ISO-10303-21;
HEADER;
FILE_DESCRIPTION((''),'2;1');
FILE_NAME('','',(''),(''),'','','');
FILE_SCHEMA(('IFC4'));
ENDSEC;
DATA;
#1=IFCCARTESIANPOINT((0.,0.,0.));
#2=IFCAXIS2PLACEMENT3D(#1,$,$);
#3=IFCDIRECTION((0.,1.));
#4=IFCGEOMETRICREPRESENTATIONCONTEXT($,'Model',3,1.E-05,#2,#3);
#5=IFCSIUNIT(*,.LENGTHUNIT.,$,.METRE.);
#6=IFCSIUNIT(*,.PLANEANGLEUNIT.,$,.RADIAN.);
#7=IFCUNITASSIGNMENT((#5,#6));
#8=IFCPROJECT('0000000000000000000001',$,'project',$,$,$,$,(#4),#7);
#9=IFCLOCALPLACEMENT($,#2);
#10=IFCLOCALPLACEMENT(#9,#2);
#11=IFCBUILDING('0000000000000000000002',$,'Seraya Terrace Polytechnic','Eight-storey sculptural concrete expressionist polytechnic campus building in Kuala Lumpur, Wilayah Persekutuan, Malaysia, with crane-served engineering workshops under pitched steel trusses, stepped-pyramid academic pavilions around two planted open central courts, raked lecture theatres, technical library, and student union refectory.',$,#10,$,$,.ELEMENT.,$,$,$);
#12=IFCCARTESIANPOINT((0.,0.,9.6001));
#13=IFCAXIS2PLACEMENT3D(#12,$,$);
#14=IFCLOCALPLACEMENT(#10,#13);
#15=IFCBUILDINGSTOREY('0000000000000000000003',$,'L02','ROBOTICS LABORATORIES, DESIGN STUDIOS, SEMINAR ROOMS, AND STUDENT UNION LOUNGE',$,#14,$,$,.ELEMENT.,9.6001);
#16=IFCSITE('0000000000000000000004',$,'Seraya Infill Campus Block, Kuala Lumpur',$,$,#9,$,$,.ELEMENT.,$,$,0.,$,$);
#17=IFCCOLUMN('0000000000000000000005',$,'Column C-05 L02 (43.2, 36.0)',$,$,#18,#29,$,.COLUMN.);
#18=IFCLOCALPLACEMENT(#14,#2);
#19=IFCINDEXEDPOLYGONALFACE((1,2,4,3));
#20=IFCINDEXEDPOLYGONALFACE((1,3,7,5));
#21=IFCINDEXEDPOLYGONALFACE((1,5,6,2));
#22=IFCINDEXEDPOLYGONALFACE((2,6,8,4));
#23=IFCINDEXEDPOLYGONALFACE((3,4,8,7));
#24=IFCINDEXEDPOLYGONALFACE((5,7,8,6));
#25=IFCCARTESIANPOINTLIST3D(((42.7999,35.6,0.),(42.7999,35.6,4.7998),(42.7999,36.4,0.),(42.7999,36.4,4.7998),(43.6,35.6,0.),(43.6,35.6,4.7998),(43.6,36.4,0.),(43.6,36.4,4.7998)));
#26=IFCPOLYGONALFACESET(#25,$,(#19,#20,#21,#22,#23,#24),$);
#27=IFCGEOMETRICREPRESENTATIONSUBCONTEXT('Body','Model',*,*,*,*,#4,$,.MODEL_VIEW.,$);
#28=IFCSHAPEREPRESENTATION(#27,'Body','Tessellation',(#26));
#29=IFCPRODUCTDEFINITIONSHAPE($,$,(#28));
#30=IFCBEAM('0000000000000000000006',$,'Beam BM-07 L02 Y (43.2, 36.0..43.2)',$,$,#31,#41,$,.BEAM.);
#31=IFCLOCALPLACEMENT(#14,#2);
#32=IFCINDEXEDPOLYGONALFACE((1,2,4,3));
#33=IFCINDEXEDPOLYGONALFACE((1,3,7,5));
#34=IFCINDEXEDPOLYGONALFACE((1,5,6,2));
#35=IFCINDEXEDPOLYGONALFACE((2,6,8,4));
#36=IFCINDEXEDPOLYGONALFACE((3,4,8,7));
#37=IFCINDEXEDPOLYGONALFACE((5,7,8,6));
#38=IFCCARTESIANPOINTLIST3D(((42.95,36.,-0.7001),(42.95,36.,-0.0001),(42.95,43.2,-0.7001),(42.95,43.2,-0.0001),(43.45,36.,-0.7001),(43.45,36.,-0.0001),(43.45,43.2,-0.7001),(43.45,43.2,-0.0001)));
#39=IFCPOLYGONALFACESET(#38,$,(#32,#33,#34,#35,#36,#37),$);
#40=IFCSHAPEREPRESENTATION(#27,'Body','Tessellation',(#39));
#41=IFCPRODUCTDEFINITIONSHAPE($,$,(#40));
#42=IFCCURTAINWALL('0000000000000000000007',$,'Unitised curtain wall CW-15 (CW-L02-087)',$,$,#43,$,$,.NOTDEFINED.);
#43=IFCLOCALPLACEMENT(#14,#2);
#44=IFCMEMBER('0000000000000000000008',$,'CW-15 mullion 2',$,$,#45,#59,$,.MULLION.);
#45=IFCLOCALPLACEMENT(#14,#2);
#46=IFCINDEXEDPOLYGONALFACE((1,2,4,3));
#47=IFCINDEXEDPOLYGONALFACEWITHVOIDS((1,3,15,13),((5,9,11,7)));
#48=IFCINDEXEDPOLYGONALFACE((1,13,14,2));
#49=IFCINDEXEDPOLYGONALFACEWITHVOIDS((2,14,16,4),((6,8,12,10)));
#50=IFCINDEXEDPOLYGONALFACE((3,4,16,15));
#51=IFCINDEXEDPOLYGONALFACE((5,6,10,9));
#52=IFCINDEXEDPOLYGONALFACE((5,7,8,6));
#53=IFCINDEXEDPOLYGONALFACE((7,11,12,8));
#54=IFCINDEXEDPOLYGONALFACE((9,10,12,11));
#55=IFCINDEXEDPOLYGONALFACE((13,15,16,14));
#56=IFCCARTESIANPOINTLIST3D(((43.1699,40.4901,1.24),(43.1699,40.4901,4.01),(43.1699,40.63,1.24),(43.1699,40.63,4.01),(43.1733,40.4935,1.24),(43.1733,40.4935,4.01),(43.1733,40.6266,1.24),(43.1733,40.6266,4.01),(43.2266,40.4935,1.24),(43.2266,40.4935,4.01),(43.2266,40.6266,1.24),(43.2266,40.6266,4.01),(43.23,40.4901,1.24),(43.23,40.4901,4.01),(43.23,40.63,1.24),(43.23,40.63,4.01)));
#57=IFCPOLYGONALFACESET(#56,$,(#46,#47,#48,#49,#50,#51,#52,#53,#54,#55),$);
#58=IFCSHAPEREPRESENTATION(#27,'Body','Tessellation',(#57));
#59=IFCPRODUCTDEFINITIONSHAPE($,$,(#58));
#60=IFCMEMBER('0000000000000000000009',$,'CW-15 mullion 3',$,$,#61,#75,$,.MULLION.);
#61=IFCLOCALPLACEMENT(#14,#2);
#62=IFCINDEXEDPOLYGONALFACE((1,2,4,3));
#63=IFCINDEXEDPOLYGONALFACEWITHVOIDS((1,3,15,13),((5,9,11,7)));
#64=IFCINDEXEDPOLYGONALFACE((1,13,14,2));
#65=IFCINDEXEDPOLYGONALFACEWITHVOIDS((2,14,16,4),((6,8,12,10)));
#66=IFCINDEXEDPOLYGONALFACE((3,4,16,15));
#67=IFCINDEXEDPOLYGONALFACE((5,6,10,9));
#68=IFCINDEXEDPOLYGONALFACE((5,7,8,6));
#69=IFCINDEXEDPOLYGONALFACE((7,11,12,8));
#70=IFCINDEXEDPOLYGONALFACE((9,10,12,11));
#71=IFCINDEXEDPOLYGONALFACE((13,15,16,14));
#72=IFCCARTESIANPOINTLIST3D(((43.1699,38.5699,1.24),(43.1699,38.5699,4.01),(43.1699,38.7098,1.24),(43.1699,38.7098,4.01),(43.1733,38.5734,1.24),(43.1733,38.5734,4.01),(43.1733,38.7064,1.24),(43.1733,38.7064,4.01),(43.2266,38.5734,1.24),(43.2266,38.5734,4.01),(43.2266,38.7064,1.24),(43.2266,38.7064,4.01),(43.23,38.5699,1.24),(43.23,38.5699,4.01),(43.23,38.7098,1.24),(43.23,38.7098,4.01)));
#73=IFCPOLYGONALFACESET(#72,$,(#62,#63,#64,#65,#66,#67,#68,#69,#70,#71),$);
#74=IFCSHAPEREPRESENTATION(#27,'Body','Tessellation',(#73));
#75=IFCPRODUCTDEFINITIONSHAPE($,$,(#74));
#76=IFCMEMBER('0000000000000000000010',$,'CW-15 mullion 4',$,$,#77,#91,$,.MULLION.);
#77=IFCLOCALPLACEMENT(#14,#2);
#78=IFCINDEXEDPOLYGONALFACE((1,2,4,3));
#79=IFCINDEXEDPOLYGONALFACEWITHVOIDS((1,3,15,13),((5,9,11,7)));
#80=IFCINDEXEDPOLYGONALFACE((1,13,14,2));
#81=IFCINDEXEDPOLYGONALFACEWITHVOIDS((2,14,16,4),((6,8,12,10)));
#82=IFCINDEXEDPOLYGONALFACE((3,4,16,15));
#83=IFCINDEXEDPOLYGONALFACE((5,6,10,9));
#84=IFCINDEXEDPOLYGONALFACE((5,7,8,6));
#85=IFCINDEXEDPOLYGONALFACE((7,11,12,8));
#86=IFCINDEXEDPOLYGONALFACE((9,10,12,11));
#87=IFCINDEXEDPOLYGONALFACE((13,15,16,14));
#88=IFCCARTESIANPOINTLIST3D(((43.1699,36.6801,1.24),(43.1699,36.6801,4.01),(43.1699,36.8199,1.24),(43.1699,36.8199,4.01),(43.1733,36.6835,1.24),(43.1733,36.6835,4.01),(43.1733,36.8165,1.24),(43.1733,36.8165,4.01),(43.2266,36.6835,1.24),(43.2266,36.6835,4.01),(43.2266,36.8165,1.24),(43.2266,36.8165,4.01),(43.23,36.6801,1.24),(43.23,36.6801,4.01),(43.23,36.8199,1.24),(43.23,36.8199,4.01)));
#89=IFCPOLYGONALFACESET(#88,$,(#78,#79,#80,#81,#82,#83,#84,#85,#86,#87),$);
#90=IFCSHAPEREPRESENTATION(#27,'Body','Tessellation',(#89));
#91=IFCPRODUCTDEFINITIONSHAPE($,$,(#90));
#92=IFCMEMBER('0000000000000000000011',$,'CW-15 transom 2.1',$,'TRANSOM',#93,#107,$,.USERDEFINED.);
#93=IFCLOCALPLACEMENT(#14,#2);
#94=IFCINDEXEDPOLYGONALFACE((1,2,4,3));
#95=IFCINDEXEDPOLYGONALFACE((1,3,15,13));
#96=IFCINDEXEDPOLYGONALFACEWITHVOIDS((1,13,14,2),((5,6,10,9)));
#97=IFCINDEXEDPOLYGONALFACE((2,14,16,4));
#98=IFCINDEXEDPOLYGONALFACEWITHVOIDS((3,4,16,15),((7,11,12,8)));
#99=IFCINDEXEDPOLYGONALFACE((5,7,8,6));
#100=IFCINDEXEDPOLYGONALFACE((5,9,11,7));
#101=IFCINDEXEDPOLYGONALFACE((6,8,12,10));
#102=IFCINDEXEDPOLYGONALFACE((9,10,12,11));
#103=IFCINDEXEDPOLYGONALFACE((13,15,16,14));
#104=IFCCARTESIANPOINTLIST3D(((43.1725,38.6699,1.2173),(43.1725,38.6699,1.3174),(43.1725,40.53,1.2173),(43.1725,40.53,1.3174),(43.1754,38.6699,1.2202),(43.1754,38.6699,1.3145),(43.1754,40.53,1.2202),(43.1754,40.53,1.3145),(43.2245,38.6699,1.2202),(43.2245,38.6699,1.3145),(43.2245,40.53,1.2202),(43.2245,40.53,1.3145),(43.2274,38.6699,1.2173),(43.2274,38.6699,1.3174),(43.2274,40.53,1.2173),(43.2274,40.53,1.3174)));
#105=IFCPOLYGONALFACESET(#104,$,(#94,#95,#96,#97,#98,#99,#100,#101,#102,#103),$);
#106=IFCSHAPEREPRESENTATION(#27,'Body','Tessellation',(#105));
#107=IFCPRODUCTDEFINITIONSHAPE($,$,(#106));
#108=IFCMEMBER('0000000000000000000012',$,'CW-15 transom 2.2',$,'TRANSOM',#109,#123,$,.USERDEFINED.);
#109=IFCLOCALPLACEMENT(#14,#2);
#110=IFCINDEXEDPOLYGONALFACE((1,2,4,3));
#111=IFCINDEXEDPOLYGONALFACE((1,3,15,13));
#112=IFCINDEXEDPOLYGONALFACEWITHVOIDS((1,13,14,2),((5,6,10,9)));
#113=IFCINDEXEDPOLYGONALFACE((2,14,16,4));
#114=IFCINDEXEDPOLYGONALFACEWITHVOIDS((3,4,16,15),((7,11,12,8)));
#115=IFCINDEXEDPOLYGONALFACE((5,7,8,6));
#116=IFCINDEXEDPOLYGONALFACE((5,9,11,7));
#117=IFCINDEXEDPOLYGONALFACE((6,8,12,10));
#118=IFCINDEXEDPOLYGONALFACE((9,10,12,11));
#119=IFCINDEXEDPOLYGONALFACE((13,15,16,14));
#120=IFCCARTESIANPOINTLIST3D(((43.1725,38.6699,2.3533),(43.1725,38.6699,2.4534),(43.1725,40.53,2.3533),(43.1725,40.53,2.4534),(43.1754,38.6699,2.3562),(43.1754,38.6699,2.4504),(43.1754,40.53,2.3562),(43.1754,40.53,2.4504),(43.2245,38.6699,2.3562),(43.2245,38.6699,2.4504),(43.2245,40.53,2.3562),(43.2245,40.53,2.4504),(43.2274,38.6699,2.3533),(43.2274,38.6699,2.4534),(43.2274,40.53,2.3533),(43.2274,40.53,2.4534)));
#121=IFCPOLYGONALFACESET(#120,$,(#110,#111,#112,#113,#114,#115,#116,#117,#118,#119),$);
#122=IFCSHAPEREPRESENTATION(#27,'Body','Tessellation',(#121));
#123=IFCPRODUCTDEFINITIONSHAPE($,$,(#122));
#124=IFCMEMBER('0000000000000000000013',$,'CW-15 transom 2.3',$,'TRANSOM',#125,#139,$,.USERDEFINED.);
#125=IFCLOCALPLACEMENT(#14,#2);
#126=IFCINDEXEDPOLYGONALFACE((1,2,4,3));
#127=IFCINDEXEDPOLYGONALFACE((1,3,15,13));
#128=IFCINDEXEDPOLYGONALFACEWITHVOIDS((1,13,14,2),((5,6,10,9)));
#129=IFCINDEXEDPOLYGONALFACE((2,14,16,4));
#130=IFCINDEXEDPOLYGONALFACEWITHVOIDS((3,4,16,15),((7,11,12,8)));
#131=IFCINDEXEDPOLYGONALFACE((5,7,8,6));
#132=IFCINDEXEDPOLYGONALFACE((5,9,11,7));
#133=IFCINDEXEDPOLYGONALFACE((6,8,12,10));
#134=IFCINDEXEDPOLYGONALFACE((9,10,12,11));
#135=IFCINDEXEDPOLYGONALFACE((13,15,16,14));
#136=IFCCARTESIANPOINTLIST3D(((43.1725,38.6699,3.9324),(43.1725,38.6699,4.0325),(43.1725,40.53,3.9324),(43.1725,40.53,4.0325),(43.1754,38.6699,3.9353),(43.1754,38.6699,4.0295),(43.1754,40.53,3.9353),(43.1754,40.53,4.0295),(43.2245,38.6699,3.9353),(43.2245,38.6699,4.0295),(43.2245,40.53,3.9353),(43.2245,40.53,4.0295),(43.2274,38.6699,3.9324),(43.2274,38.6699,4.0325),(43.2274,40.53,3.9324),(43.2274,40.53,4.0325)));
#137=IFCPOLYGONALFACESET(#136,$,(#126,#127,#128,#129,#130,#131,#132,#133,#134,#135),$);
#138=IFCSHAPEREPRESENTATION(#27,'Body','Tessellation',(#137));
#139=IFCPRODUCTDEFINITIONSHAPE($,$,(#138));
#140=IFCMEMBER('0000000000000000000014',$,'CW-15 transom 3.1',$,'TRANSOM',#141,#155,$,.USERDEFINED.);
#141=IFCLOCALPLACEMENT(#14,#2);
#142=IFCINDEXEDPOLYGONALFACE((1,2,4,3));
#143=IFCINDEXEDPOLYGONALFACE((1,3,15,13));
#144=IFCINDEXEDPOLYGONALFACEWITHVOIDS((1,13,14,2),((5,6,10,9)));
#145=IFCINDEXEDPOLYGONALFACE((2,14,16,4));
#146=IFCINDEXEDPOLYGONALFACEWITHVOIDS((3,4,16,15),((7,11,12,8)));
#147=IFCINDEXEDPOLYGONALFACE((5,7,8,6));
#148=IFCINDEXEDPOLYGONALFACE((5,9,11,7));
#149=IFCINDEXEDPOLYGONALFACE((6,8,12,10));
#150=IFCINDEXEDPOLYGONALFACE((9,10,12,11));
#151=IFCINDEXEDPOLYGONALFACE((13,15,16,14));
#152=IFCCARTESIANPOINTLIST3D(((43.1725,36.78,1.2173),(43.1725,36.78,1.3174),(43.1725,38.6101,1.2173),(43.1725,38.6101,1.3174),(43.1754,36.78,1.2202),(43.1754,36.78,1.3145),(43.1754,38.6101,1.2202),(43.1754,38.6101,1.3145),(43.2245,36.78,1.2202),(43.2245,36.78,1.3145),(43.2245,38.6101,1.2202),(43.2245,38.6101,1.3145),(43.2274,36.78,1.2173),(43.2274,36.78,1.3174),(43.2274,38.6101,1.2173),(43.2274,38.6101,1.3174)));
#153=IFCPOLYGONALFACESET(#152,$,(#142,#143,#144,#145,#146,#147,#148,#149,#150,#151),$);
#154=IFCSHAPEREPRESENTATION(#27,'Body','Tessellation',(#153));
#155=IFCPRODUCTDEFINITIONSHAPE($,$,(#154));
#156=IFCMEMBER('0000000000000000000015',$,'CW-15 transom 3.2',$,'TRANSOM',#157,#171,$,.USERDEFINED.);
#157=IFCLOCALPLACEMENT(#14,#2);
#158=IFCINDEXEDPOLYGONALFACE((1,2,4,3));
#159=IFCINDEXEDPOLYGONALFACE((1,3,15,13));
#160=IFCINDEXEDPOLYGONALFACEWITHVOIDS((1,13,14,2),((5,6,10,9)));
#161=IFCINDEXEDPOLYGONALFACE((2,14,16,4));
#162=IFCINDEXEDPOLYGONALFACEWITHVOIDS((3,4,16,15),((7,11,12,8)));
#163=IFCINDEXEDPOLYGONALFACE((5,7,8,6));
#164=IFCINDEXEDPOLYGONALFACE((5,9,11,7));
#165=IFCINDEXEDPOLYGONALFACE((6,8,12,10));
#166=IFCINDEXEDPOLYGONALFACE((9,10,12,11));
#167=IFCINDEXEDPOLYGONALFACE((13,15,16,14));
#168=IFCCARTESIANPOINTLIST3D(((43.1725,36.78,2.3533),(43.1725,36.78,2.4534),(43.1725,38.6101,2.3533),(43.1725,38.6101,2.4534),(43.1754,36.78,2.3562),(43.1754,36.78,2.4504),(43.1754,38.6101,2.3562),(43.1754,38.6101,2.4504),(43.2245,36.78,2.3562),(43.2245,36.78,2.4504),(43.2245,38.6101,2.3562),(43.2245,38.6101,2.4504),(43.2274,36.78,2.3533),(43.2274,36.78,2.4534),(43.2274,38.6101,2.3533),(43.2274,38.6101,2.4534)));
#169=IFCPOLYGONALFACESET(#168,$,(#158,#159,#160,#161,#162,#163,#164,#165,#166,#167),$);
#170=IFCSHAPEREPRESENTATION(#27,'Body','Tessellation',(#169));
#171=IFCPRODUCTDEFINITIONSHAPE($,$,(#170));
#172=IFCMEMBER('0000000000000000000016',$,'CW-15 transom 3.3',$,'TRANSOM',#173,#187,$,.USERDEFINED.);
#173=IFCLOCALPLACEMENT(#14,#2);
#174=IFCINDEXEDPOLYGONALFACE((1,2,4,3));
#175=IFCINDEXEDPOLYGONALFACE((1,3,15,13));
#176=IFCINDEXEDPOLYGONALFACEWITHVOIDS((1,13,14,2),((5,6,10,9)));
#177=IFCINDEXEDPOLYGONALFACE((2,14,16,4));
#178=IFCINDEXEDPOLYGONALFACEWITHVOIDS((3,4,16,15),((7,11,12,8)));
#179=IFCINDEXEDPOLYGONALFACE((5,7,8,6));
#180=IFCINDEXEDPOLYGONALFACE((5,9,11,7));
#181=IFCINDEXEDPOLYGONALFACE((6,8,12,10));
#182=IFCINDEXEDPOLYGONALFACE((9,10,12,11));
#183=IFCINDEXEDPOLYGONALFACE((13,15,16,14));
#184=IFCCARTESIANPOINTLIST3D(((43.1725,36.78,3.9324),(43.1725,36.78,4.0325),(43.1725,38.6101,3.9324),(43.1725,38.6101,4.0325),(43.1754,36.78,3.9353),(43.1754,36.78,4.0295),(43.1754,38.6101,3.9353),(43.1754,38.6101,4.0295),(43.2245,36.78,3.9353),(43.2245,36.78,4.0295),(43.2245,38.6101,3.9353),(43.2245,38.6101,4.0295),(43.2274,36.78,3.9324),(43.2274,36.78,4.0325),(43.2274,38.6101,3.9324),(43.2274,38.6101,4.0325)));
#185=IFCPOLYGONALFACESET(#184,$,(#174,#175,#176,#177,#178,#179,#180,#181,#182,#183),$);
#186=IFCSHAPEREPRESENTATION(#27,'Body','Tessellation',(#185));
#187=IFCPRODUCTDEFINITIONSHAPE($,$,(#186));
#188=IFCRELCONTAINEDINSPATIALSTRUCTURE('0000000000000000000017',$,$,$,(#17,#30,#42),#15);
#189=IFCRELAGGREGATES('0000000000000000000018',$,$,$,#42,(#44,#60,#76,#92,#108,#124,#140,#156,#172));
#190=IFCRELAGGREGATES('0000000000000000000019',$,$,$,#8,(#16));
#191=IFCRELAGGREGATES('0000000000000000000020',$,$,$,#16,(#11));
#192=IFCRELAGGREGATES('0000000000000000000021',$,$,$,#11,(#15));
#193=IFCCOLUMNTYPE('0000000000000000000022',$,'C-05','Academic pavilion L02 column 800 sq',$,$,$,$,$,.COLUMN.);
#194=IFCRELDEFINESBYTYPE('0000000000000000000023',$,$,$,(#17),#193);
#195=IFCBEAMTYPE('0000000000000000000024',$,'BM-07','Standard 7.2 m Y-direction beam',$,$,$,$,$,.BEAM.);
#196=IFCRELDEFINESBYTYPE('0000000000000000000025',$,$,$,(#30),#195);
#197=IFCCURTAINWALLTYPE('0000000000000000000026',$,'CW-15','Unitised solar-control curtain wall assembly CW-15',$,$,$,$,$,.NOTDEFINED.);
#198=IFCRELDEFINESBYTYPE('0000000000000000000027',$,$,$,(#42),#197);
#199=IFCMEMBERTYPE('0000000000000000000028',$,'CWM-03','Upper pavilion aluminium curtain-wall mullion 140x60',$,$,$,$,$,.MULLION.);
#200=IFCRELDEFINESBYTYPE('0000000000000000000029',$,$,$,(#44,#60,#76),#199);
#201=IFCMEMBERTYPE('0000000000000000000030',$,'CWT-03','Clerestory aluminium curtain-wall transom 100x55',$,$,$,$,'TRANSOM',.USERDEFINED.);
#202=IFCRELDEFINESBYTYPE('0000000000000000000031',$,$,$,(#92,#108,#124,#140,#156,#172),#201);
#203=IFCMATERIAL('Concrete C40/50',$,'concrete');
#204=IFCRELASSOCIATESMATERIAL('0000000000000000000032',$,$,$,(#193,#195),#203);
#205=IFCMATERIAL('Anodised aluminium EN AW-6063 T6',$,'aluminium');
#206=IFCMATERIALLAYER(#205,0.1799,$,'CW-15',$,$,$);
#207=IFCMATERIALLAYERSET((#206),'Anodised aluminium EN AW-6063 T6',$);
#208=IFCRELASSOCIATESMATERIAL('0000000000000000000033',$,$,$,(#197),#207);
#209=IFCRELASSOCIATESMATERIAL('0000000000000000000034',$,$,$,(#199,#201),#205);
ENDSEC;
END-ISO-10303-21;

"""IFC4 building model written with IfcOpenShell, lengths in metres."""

from ifc_helpers import new_model, si_unit, direction, frame, origin, origin_2d, place, context, subcontext, project, spatial, rectangle, hollow_rectangle, extrude, material, layer, layer_set, material_profile, profile_set, type_object, element, aggregate, save


model = new_model("IFC4")

# Units and contexts
model_context = context("Model", 3, precision=1e-05, world=origin(), true_north=direction((0.0, 1.0)))
body_context = subcontext(model_context, "Body", "Model", "MODEL_VIEW")
ifc_project = project(units=[si_unit("LENGTHUNIT", "METRE"), si_unit("PLANEANGLEUNIT", "RADIAN")], contexts=[model_context])

# Site, building, storey
site_placement = place(None, origin())
site = spatial("IfcSite", under=ifc_project, at=site_placement, Name="Seraya Infill Campus Block, Kuala Lumpur", CompositionType="ELEMENT", RefElevation=0.0)
building_placement = place(site_placement, origin())
building = spatial("IfcBuilding", under=site, at=building_placement, Name="Seraya Terrace Polytechnic", Description="Eight-storey sculptural concrete expressionist polytechnic campus building in Kuala Lumpur, Wilayah Persekutuan, Malaysia, with crane-served engineering workshops under pitched steel trusses, stepped-pyramid academic pavilions around two planted open central courts, raked lecture theatres, technical library, and student union refectory.", CompositionType="ELEMENT")
storey_placement = place(building_placement, frame((0.0, 0.0, 9.6001)))
storey = spatial("IfcBuildingStorey", under=building, at=storey_placement, Name="L02", Description="ROBOTICS LABORATORIES, DESIGN STUDIOS, SEMINAR ROOMS, AND STUDENT UNION LOUNGE", CompositionType="ELEMENT", Elevation=9.6001)

# Column
ifc_material_1 = material(Name="Concrete C40/50", Category="concrete")
ifc_material_profile_1 = material_profile(ifc_material_1, rectangle(XDim=0.8, YDim=0.8, at=origin_2d()), Name="RC 800x800")
ifc_profile_set_1 = profile_set([ifc_material_profile_1], Name="Concrete C40/50")
column_type = type_object("IfcColumnType", Name="C-05", Description="Academic pavilion L02 column 800 sq", PredefinedType="COLUMN", material=ifc_profile_set_1)
column_placement = place(storey_placement, frame((43.2, 36.0, 0.0), z_axis=(0.0, 0.0, 1.0), x_axis=(1.0, 0.0, 0.0)))
element("IfcColumn", 1, at=column_placement, inside=storey, type_object=column_type, Name="Column C-05 L02 (43.2, 36.0)", PredefinedType="COLUMN", context=body_context, shape_type="SweptSolid", body=[
    extrude(rectangle(XDim=0.8, YDim=0.8, at=origin_2d()), origin(), (0.0, 0.0, 1.0), 4.7998),
])

# Beam
ifc_material_profile_2 = material_profile(ifc_material_1, rectangle(XDim=0.5, YDim=0.7, at=origin_2d()), Name="RC 500x700")
ifc_profile_set_2 = profile_set([ifc_material_profile_2], Name="Concrete C40/50")
beam_type = type_object("IfcBeamType", Name="BM-07", Description="Standard 7.2 m Y-direction beam", PredefinedType="BEAM", material=ifc_profile_set_2)
beam_placement = place(storey_placement, frame((43.2, 36.0, -0.3501), z_axis=(0.0, 1.0, 0.0), x_axis=(-1.0, 0.0, 0.0)))
element("IfcBeam", 2, at=beam_placement, inside=storey, type_object=beam_type, Name="Beam BM-07 L02 Y (43.2, 36.0..43.2)", PredefinedType="BEAM", context=body_context, shape_type="SweptSolid", body=[
    extrude(rectangle(XDim=0.5, YDim=0.7, at=origin_2d()), origin(), (0.0, 0.0, 1.0), 7.2),
])

# Curtain wall, members
ifc_material_2 = material(Name="Anodised aluminium EN AW-6063 T6", Category="aluminium")
ifc_layer_1 = layer(ifc_material_2, 0.1799, Name="CW-15")
ifc_layer_set_1 = layer_set([ifc_layer_1], Name="Anodised aluminium EN AW-6063 T6")
curtain_wall_type = type_object("IfcCurtainWallType", Name="CW-15", Description="Unitised solar-control curtain wall assembly CW-15", PredefinedType="NOTDEFINED", material=ifc_layer_set_1)
curtain_wall_placement = place(storey_placement, origin())
curtain_wall = element("IfcCurtainWall", 3, at=curtain_wall_placement, inside=storey, type_object=curtain_wall_type, Name="Unitised curtain wall CW-15 (CW-L02-087)", PredefinedType="NOTDEFINED")
ifc_material_profile_3 = material_profile(ifc_material_2, hollow_rectangle(XDim=0.0601, YDim=0.1399, WallThickness=0.0034, at=origin_2d()), Name="RHS 140x60x3.5")
ifc_profile_set_3 = profile_set([ifc_material_profile_3], Name="Anodised aluminium EN AW-6063 T6")
member_type_1 = type_object("IfcMemberType", Name="CWM-03", Description="Upper pavilion aluminium curtain-wall mullion 140x60", PredefinedType="MULLION", material=ifc_profile_set_3)
member_1_placement = place(storey_placement, frame((43.2, 40.5601, 1.24), z_axis=(0.0, 0.0, 1.0), x_axis=(1.0, 0.0, 0.0)))
member_1 = element("IfcMember", 4, at=member_1_placement, type_object=member_type_1, Name="CW-15 mullion 2", PredefinedType="MULLION", context=body_context, shape_type="SweptSolid", body=[
    extrude(hollow_rectangle(XDim=0.0601, YDim=0.1399, WallThickness=0.0034, at=origin_2d()), origin(), (0.0, 0.0, 1.0), 2.77),
])
member_2_placement = place(storey_placement, frame((43.2, 38.6399, 1.24), z_axis=(0.0, 0.0, 1.0), x_axis=(1.0, 0.0, 0.0)))
member_2 = element("IfcMember", 5, at=member_2_placement, type_object=member_type_1, Name="CW-15 mullion 3", PredefinedType="MULLION", context=body_context, shape_type="SweptSolid", body=[
    extrude(hollow_rectangle(XDim=0.0601, YDim=0.1399, WallThickness=0.0034, at=origin_2d()), origin(), (0.0, 0.0, 1.0), 2.77),
])
member_3_placement = place(storey_placement, frame((43.2, 36.75, 1.24), z_axis=(0.0, 0.0, 1.0), x_axis=(1.0, 0.0, 0.0)))
member_3 = element("IfcMember", 6, at=member_3_placement, type_object=member_type_1, Name="CW-15 mullion 4", PredefinedType="MULLION", context=body_context, shape_type="SweptSolid", body=[
    extrude(hollow_rectangle(XDim=0.0601, YDim=0.1399, WallThickness=0.0034, at=origin_2d()), origin(), (0.0, 0.0, 1.0), 2.77),
])
ifc_material_profile_4 = material_profile(ifc_material_2, hollow_rectangle(XDim=0.0549, YDim=0.1001, WallThickness=0.0029, at=origin_2d()), Name="RHS 100x55x3.0")
ifc_profile_set_4 = profile_set([ifc_material_profile_4], Name="Anodised aluminium EN AW-6063 T6")
member_type_2 = type_object("IfcMemberType", Name="CWT-03", Description="Clerestory aluminium curtain-wall transom 100x55", ElementType="TRANSOM", PredefinedType="USERDEFINED", material=ifc_profile_set_4)
member_4_placement = place(storey_placement, frame((43.2, 40.53, 1.2673), z_axis=(0.0, -1.0, 0.0), x_axis=(1.0, 0.0, 0.0)))
member_4 = element("IfcMember", 7, at=member_4_placement, type_object=member_type_2, Name="CW-15 transom 2.1", ObjectType="TRANSOM", PredefinedType="USERDEFINED", context=body_context, shape_type="SweptSolid", body=[
    extrude(hollow_rectangle(XDim=0.0549, YDim=0.1001, WallThickness=0.0029, at=origin_2d()), origin(), (0.0, 0.0, 1.0), 1.8601),
])
member_5_placement = place(storey_placement, frame((43.2, 40.53, 2.4033), z_axis=(0.0, -1.0, 0.0), x_axis=(1.0, 0.0, 0.0)))
member_5 = element("IfcMember", 8, at=member_5_placement, type_object=member_type_2, Name="CW-15 transom 2.2", ObjectType="TRANSOM", PredefinedType="USERDEFINED", context=body_context, shape_type="SweptSolid", body=[
    extrude(hollow_rectangle(XDim=0.0549, YDim=0.1001, WallThickness=0.0029, at=origin_2d()), origin(), (0.0, 0.0, 1.0), 1.8601),
])
member_6_placement = place(storey_placement, frame((43.2, 40.53, 3.9824), z_axis=(0.0, -1.0, 0.0), x_axis=(1.0, 0.0, 0.0)))
member_6 = element("IfcMember", 9, at=member_6_placement, type_object=member_type_2, Name="CW-15 transom 2.3", ObjectType="TRANSOM", PredefinedType="USERDEFINED", context=body_context, shape_type="SweptSolid", body=[
    extrude(hollow_rectangle(XDim=0.0549, YDim=0.1001, WallThickness=0.0029, at=origin_2d()), origin(), (0.0, 0.0, 1.0), 1.8601),
])
member_7_placement = place(storey_placement, frame((43.2, 38.6101, 1.2673), z_axis=(0.0, -1.0, 0.0), x_axis=(1.0, 0.0, 0.0)))
member_7 = element("IfcMember", 10, at=member_7_placement, type_object=member_type_2, Name="CW-15 transom 3.1", ObjectType="TRANSOM", PredefinedType="USERDEFINED", context=body_context, shape_type="SweptSolid", body=[
    extrude(hollow_rectangle(XDim=0.0549, YDim=0.1001, WallThickness=0.0029, at=origin_2d()), origin(), (0.0, 0.0, 1.0), 1.8301),
])
member_8_placement = place(storey_placement, frame((43.2, 38.6101, 2.4033), z_axis=(0.0, -1.0, 0.0), x_axis=(1.0, 0.0, 0.0)))
member_8 = element("IfcMember", 11, at=member_8_placement, type_object=member_type_2, Name="CW-15 transom 3.2", ObjectType="TRANSOM", PredefinedType="USERDEFINED", context=body_context, shape_type="SweptSolid", body=[
    extrude(hollow_rectangle(XDim=0.0549, YDim=0.1001, WallThickness=0.0029, at=origin_2d()), origin(), (0.0, 0.0, 1.0), 1.8301),
])
member_9_placement = place(storey_placement, frame((43.2, 38.6101, 3.9824), z_axis=(0.0, -1.0, 0.0), x_axis=(1.0, 0.0, 0.0)))
member_9 = element("IfcMember", 12, at=member_9_placement, type_object=member_type_2, Name="CW-15 transom 3.3", ObjectType="TRANSOM", PredefinedType="USERDEFINED", context=body_context, shape_type="SweptSolid", body=[
    extrude(hollow_rectangle(XDim=0.0549, YDim=0.1001, WallThickness=0.0029, at=origin_2d()), origin(), (0.0, 0.0, 1.0), 1.8301),
])
aggregate(curtain_wall, [member_1, member_2, member_3, member_4, member_5, member_6, member_7, member_8, member_9])

save(model, "model.ifc")
